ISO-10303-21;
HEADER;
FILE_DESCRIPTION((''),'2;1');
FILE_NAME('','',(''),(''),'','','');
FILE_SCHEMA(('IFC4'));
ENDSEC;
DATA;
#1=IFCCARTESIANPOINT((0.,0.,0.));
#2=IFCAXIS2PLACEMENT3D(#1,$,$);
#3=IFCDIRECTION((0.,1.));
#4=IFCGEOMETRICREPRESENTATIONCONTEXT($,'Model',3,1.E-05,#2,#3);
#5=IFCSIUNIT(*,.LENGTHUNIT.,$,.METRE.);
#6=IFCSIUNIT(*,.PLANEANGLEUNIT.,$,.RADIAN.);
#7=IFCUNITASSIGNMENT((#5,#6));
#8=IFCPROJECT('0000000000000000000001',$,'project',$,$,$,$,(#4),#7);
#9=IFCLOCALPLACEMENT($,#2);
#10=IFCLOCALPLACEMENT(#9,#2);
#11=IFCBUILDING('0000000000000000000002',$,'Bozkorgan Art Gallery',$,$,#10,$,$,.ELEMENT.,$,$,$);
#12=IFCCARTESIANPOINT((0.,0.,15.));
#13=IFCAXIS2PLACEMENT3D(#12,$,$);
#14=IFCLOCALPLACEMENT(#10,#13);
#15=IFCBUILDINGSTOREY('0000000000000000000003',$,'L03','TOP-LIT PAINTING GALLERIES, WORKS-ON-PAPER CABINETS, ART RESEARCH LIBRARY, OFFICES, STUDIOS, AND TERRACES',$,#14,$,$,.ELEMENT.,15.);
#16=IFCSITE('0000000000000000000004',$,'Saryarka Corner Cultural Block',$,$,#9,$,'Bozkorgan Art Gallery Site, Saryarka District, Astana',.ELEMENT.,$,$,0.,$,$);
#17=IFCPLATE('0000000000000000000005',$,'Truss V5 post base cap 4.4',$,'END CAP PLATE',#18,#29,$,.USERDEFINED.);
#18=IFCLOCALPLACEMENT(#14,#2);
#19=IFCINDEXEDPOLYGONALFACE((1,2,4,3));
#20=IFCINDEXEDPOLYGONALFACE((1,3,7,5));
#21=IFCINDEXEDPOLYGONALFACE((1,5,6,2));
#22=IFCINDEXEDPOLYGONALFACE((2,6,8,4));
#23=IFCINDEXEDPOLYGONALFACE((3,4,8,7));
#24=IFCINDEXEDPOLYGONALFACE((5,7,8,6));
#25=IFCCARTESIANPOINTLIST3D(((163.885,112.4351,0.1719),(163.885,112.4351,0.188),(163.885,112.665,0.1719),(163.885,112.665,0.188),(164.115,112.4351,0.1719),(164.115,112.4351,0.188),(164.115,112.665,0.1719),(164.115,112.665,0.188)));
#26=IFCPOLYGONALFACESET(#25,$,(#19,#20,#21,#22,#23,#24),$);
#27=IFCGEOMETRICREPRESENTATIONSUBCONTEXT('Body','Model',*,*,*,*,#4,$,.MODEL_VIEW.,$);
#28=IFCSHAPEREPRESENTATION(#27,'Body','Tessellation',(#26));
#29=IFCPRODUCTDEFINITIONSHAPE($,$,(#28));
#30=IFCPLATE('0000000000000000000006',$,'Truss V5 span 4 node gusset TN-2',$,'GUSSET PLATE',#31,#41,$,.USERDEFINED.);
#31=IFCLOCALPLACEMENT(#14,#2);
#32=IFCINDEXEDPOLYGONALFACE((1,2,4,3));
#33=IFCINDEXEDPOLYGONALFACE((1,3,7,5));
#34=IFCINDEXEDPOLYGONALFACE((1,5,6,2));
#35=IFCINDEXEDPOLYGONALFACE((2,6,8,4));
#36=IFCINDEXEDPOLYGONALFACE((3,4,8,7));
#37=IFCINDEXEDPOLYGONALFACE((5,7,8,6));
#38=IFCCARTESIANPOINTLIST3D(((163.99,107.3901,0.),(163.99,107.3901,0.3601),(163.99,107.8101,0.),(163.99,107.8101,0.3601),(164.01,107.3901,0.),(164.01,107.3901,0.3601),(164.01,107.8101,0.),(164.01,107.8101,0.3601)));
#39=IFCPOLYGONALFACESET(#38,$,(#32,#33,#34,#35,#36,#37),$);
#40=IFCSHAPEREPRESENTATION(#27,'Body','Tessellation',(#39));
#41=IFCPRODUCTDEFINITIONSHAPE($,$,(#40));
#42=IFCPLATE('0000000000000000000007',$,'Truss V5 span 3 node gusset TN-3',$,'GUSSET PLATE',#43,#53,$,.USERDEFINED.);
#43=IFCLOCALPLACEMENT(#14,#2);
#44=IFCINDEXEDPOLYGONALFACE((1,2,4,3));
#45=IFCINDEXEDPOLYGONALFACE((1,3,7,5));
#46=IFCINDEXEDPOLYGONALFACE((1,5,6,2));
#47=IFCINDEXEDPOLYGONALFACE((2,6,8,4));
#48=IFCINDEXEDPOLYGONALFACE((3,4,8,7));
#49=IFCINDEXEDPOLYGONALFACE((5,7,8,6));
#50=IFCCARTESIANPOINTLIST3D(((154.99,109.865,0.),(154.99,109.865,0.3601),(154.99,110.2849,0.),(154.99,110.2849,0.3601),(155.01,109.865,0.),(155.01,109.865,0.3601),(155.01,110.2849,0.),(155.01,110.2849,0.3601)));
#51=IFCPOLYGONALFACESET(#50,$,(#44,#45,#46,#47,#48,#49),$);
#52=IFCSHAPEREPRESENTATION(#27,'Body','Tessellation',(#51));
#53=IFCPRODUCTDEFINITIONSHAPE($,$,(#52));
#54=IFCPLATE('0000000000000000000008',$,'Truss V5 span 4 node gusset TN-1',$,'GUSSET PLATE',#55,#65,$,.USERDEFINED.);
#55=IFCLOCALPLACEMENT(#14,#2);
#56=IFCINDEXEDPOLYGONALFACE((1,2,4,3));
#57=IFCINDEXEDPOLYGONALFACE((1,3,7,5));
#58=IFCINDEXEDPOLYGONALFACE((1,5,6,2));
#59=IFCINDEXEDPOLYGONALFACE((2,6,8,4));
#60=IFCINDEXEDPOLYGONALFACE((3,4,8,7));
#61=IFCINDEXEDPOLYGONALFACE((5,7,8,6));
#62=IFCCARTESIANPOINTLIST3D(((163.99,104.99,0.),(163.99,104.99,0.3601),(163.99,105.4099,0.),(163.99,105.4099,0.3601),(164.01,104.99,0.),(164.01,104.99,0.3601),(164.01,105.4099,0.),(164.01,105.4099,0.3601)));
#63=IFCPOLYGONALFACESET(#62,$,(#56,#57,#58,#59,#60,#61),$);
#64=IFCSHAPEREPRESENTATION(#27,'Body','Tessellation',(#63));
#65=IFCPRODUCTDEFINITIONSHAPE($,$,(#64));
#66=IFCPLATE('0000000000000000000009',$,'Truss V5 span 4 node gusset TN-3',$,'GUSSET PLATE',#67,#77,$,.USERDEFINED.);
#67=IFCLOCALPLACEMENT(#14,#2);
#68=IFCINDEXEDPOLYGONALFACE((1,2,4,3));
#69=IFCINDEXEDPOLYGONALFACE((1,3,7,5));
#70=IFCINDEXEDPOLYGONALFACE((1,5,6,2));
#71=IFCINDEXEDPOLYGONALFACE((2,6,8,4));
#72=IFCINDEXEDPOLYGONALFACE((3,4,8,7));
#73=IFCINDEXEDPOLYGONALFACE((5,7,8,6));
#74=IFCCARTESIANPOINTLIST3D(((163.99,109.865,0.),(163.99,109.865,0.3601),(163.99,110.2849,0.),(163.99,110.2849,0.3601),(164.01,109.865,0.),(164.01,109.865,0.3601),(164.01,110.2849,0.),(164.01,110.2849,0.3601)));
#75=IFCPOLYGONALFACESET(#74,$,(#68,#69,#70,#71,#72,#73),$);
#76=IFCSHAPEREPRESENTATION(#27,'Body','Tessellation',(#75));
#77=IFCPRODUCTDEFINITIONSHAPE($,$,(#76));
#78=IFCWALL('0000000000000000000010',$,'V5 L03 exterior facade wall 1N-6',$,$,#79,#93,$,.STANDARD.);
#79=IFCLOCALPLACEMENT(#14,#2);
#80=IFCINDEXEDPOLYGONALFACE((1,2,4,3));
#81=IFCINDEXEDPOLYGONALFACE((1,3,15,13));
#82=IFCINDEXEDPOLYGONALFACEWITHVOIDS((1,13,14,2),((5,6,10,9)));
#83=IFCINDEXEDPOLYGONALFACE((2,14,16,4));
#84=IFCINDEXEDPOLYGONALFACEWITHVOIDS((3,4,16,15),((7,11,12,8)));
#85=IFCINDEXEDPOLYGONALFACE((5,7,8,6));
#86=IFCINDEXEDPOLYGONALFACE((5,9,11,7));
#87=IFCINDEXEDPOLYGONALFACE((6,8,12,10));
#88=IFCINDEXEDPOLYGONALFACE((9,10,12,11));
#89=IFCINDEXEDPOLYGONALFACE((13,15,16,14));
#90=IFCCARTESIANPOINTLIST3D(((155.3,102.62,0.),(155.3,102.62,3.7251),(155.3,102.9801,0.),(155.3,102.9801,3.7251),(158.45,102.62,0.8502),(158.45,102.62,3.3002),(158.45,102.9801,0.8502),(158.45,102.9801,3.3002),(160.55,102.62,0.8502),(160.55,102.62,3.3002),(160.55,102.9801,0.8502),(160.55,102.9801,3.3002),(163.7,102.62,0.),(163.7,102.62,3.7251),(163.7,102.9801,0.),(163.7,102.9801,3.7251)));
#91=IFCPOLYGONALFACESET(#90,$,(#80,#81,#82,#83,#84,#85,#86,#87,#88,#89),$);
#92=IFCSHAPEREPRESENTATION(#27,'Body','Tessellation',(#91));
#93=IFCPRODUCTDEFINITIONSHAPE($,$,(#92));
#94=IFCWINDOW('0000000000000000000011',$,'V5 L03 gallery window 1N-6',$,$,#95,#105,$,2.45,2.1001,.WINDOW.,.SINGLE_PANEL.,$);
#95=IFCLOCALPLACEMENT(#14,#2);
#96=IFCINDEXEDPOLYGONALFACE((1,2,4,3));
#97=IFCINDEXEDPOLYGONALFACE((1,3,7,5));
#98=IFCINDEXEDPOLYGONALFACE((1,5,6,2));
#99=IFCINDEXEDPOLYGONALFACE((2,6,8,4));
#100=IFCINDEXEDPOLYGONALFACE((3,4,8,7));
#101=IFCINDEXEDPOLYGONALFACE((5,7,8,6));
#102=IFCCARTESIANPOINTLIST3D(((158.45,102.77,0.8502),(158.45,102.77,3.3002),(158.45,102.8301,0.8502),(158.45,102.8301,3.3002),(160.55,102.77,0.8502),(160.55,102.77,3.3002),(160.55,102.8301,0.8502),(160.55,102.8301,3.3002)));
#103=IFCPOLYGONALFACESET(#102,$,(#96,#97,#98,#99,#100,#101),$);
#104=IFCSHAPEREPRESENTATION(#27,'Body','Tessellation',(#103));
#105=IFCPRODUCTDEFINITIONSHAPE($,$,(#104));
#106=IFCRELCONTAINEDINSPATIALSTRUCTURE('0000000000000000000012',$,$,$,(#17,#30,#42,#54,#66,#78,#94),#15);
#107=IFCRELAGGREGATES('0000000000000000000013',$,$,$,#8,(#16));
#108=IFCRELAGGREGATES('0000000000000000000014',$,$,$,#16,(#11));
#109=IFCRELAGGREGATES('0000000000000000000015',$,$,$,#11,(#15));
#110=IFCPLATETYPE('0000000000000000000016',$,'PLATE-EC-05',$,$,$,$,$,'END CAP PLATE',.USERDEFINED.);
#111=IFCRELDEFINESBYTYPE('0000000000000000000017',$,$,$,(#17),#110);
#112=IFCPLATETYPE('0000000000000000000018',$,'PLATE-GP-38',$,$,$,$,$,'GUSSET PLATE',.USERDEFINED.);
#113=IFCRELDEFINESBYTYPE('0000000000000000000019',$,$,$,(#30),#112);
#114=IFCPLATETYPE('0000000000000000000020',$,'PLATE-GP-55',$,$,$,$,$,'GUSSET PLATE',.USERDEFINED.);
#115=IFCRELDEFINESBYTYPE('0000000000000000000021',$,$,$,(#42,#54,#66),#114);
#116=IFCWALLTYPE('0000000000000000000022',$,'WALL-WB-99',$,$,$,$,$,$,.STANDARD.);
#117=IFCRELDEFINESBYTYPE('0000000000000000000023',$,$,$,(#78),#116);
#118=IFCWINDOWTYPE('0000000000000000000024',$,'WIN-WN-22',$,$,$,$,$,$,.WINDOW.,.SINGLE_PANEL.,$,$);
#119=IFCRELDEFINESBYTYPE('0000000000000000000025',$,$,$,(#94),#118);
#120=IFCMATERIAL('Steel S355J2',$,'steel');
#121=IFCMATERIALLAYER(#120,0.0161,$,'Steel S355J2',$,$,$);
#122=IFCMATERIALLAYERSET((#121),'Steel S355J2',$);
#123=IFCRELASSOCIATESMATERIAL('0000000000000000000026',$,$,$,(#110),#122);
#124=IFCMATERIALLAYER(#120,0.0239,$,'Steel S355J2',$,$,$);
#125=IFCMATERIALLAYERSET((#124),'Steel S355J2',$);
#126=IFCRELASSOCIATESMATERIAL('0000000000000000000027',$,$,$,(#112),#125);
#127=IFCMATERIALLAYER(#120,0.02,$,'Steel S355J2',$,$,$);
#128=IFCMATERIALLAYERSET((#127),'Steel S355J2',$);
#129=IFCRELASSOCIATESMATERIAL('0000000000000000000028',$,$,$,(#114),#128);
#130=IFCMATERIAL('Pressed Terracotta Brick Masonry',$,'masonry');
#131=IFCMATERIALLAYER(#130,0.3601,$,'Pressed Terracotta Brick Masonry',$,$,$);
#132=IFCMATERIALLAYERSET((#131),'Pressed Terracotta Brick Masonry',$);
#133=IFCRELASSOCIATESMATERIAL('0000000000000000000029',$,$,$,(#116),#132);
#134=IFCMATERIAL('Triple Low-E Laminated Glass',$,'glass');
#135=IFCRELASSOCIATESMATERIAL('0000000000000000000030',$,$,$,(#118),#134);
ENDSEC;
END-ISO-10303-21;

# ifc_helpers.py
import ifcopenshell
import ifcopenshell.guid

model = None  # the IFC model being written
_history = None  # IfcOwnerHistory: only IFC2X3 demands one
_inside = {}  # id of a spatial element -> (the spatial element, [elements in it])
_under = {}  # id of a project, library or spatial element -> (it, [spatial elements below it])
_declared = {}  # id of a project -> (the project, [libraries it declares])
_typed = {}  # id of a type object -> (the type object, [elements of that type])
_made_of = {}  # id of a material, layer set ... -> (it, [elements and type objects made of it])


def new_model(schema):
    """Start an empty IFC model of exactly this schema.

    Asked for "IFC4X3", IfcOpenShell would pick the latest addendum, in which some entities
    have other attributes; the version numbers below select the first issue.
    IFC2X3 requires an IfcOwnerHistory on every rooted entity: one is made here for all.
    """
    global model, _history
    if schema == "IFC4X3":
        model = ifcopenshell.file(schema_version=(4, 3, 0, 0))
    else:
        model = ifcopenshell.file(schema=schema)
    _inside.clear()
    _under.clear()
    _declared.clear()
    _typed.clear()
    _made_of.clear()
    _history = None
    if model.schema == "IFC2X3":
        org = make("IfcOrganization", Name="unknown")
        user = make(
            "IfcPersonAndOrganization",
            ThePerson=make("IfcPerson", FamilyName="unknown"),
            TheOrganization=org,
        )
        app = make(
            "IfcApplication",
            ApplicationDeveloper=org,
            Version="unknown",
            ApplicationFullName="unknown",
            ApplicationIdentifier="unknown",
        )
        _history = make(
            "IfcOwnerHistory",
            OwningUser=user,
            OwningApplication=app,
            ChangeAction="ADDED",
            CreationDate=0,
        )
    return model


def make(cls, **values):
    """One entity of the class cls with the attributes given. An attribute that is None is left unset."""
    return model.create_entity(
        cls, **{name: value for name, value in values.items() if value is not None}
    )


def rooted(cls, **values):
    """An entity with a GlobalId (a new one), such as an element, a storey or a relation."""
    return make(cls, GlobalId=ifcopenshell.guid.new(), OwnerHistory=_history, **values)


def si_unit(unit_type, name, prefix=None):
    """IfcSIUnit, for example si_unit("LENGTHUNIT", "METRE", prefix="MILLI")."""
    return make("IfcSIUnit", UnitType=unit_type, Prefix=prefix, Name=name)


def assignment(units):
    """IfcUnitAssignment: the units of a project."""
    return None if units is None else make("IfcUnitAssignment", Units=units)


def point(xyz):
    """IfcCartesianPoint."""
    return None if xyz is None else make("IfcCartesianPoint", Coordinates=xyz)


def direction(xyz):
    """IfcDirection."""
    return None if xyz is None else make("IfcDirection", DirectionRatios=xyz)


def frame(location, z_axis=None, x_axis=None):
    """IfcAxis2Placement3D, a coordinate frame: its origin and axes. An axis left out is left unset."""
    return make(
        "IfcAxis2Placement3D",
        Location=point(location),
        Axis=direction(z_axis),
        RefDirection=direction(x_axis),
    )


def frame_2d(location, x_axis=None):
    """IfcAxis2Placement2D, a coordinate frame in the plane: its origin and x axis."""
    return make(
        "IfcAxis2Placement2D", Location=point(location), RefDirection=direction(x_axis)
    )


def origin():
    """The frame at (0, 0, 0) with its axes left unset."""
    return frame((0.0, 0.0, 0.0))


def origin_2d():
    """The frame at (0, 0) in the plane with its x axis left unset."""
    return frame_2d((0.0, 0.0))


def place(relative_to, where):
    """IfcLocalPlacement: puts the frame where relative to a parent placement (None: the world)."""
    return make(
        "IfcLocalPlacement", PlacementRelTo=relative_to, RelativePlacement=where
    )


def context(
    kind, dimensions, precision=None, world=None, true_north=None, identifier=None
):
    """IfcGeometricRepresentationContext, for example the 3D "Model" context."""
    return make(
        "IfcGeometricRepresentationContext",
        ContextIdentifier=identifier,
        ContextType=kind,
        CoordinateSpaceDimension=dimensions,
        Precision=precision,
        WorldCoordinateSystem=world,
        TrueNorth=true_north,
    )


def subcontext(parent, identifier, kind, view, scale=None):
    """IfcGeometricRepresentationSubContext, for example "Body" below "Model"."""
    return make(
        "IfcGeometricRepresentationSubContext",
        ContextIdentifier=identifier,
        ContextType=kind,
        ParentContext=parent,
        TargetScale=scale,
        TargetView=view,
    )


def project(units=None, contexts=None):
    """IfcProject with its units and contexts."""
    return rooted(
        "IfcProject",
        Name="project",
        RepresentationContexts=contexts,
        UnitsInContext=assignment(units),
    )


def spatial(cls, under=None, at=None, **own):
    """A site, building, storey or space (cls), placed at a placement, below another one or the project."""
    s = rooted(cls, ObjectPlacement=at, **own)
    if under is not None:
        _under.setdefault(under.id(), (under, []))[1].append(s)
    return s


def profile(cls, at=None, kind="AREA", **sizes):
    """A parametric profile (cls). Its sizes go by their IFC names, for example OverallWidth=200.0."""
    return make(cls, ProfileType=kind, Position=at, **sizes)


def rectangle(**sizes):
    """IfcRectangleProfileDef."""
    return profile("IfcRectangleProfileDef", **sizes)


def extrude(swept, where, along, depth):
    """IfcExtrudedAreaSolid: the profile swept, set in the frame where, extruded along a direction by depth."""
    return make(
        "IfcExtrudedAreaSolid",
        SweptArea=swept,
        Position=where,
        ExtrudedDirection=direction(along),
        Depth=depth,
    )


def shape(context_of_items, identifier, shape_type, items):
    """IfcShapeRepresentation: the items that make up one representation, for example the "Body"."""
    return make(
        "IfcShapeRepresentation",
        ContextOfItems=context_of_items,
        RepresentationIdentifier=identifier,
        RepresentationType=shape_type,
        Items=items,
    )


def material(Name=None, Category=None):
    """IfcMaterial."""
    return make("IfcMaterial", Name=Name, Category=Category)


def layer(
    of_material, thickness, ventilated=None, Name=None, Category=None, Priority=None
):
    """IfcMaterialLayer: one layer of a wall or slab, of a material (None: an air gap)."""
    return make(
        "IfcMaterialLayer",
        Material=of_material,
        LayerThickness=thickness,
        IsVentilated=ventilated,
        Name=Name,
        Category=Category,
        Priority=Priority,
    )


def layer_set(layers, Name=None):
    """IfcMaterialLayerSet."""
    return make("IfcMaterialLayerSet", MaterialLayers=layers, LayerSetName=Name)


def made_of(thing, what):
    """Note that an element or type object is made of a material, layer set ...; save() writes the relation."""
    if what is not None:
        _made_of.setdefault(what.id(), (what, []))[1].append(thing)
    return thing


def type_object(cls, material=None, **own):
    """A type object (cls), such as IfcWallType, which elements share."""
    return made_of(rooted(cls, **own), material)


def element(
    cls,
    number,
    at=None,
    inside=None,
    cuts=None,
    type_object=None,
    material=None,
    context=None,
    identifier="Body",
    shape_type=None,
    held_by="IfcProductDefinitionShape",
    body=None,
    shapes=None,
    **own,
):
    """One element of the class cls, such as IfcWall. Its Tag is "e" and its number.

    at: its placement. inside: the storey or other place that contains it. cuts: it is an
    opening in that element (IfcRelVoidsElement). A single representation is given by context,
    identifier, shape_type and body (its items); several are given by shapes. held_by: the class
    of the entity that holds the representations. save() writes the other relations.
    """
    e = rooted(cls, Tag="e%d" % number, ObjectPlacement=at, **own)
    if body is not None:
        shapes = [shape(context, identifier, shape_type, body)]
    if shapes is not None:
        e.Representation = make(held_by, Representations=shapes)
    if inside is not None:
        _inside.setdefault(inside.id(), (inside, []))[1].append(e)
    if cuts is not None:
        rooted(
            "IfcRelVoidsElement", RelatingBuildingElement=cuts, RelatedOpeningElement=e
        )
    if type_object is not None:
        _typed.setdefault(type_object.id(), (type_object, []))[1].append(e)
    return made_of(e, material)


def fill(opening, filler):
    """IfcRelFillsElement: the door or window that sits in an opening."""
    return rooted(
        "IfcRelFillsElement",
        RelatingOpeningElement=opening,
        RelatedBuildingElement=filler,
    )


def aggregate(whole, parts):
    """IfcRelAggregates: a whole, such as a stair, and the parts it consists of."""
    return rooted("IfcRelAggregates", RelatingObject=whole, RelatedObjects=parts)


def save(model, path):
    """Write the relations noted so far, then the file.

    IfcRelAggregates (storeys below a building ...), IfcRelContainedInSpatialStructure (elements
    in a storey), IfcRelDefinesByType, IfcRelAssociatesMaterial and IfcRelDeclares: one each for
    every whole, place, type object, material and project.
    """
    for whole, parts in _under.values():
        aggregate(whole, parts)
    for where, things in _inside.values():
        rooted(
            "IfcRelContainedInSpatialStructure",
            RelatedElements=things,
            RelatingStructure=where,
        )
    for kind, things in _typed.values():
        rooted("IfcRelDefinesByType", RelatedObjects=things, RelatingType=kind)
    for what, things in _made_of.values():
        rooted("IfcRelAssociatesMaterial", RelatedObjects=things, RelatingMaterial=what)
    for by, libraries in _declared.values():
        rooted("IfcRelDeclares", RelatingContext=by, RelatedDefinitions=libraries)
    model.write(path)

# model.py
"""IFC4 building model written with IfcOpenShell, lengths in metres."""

from ifc_helpers import new_model, si_unit, direction, frame, frame_2d, origin, origin_2d, place, context, subcontext, project, spatial, rectangle, extrude, material, layer, layer_set, type_object, element, fill, save


model = new_model("IFC4")

# Units and contexts
model_context = context("Model", 3, precision=1e-05, world=origin(), true_north=direction((0.0, 1.0)))
body_context = subcontext(model_context, "Body", "Model", "MODEL_VIEW")
ifc_project = project(units=[si_unit("LENGTHUNIT", "METRE"), si_unit("PLANEANGLEUNIT", "RADIAN")], contexts=[model_context])

# Site, building, storey
site_placement = place(None, origin())
site = spatial("IfcSite", under=ifc_project, at=site_placement, Name="Saryarka Corner Cultural Block", LongName="Bozkorgan Art Gallery Site, Saryarka District, Astana", CompositionType="ELEMENT", RefElevation=0.0)
building_placement = place(site_placement, origin())
building = spatial("IfcBuilding", under=site, at=building_placement, Name="Bozkorgan Art Gallery", CompositionType="ELEMENT")
storey_placement = place(building_placement, frame((0.0, 0.0, 15.0)))
storey = spatial("IfcBuildingStorey", under=building, at=storey_placement, Name="L03", Description="TOP-LIT PAINTING GALLERIES, WORKS-ON-PAPER CABINETS, ART RESEARCH LIBRARY, OFFICES, STUDIOS, AND TERRACES", CompositionType="ELEMENT", Elevation=15.0)

# Shared definitions
ifc_material_1 = material(Name="Steel S355J2", Category="steel")

# Plates
ifc_layer_1 = layer(ifc_material_1, 0.0161, Name="Steel S355J2")
ifc_layer_set_1 = layer_set([ifc_layer_1], Name="Steel S355J2")
plate_type_1 = type_object("IfcPlateType", Name="PLATE-EC-05", ElementType="END CAP PLATE", PredefinedType="USERDEFINED", material=ifc_layer_set_1)
for number, where, z_axis, x_axis, name in (
    (1, (164.0, 112.55, 0.1719), (0.0, 0.0, 1.0), (1.0, 0.0, 0.0), "Truss V5 post base cap 4.4"),
):
    element("IfcPlate", number, at=place(storey_placement, frame(where, z_axis=z_axis, x_axis=x_axis)), inside=storey, type_object=plate_type_1, Name=name, ObjectType="END CAP PLATE", PredefinedType="USERDEFINED", context=body_context, shape_type="SweptSolid", body=[
        extrude(rectangle(XDim=0.23, YDim=0.23, at=origin_2d()), origin(), (0.0, 0.0, 1.0), 0.0161),
    ])
ifc_layer_2 = layer(ifc_material_1, 0.0239, Name="Steel S355J2")
ifc_layer_set_2 = layer_set([ifc_layer_2], Name="Steel S355J2")
plate_type_2 = type_object("IfcPlateType", Name="PLATE-GP-38", ElementType="GUSSET PLATE", PredefinedType="USERDEFINED", material=ifc_layer_set_2)
plate_placement = place(storey_placement, frame((164.0, 107.6001, 0.0), z_axis=(0.0, 0.0, 1.0), x_axis=(1.0, 0.0, 0.0)))
element("IfcPlate", 2, at=plate_placement, inside=storey, type_object=plate_type_2, Name="Truss V5 span 4 node gusset TN-2", ObjectType="GUSSET PLATE", PredefinedType="USERDEFINED", context=body_context, shape_type="SweptSolid", body=[
    extrude(rectangle(XDim=0.02, YDim=0.4199, at=origin_2d()), origin(), (0.0, 0.0, 1.0), 0.3601),
])
ifc_layer_3 = layer(ifc_material_1, 0.02, Name="Steel S355J2")
ifc_layer_set_3 = layer_set([ifc_layer_3], Name="Steel S355J2")
plate_type_3 = type_object("IfcPlateType", Name="PLATE-GP-55", ElementType="GUSSET PLATE", PredefinedType="USERDEFINED", material=ifc_layer_set_3)
for number, where, z_axis, x_axis, name in (
    (3, (155.0, 110.075, 0.0), (0.0, 0.0, 1.0), (1.0, 0.0, 0.0), "Truss V5 span 3 node gusset TN-3"),
    (4, (164.0, 105.2, 0.0), (0.0, 0.0, 1.0), (1.0, 0.0, 0.0), "Truss V5 span 4 node gusset TN-1"),
    (5, (164.0, 110.075, 0.0), (0.0, 0.0, 1.0), (1.0, 0.0, 0.0), "Truss V5 span 4 node gusset TN-3"),
):
    element("IfcPlate", number, at=place(storey_placement, frame(where, z_axis=z_axis, x_axis=x_axis)), inside=storey, type_object=plate_type_3, Name=name, ObjectType="GUSSET PLATE", PredefinedType="USERDEFINED", context=body_context, shape_type="SweptSolid", body=[
        extrude(rectangle(XDim=0.02, YDim=0.4199, at=origin_2d()), origin(), (0.0, 0.0, 1.0), 0.3601),
    ])

# Wall, opening, window
ifc_material_2 = material(Name="Pressed Terracotta Brick Masonry", Category="masonry")
ifc_layer_4 = layer(ifc_material_2, 0.3601, Name="Pressed Terracotta Brick Masonry")
ifc_layer_set_4 = layer_set([ifc_layer_4], Name="Pressed Terracotta Brick Masonry")
wall_type = type_object("IfcWallType", Name="WALL-WB-99", PredefinedType="STANDARD", material=ifc_layer_set_4)
wall_placement = place(storey_placement, frame((155.3, 102.8, 0.0), z_axis=(0.0, 0.0, 1.0), x_axis=(1.0, 0.0, 0.0)))
wall = element("IfcWall", 6, at=wall_placement, inside=storey, type_object=wall_type, Name="V5 L03 exterior facade wall 1N-6", PredefinedType="STANDARD", context=body_context, shape_type="SweptSolid", body=[
    extrude(rectangle(XDim=8.3999, YDim=0.3601, at=frame_2d((4.2, 0.0))), origin(), (0.0, 0.0, 1.0), 3.7251),
])
opening_placement = place(wall_placement, frame((3.1499, 0.0, 0.8501)))
opening = element("IfcOpeningElement", 7, at=opening_placement, cuts=wall, PredefinedType="OPENING", context=body_context, shape_type="SweptSolid", body=[
    extrude(rectangle(XDim=2.1001, YDim=2.45, at=frame_2d((1.05, 1.2251))), frame((0.0, 0.1899, 0.0), z_axis=(0.0, -1.0, 0.0), x_axis=(1.0, 0.0, 0.0)), (0.0, 0.0, 1.0), 0.3801),
])
ifc_material_3 = material(Name="Triple Low-E Laminated Glass", Category="glass")
window_type = type_object("IfcWindowType", Name="WIN-WN-22", PartitioningType="SINGLE_PANEL", PredefinedType="WINDOW", material=ifc_material_3)
window_placement = place(opening_placement, origin())
window = element("IfcWindow", 8, at=window_placement, inside=storey, type_object=window_type, Name="V5 L03 gallery window 1N-6", OverallHeight=2.45, OverallWidth=2.1001, PartitioningType="SINGLE_PANEL", PredefinedType="WINDOW", context=body_context, shape_type="SweptSolid", body=[
    extrude(rectangle(XDim=2.1001, YDim=2.45, at=frame_2d((1.05, 1.2251))), frame((0.0, 0.03, 0.0), z_axis=(0.0, -1.0, 0.0), x_axis=(1.0, 0.0, 0.0)), (0.0, 0.0, 1.0), 0.0601),
])
fill(opening, window)

save(model, "model.ifc")
